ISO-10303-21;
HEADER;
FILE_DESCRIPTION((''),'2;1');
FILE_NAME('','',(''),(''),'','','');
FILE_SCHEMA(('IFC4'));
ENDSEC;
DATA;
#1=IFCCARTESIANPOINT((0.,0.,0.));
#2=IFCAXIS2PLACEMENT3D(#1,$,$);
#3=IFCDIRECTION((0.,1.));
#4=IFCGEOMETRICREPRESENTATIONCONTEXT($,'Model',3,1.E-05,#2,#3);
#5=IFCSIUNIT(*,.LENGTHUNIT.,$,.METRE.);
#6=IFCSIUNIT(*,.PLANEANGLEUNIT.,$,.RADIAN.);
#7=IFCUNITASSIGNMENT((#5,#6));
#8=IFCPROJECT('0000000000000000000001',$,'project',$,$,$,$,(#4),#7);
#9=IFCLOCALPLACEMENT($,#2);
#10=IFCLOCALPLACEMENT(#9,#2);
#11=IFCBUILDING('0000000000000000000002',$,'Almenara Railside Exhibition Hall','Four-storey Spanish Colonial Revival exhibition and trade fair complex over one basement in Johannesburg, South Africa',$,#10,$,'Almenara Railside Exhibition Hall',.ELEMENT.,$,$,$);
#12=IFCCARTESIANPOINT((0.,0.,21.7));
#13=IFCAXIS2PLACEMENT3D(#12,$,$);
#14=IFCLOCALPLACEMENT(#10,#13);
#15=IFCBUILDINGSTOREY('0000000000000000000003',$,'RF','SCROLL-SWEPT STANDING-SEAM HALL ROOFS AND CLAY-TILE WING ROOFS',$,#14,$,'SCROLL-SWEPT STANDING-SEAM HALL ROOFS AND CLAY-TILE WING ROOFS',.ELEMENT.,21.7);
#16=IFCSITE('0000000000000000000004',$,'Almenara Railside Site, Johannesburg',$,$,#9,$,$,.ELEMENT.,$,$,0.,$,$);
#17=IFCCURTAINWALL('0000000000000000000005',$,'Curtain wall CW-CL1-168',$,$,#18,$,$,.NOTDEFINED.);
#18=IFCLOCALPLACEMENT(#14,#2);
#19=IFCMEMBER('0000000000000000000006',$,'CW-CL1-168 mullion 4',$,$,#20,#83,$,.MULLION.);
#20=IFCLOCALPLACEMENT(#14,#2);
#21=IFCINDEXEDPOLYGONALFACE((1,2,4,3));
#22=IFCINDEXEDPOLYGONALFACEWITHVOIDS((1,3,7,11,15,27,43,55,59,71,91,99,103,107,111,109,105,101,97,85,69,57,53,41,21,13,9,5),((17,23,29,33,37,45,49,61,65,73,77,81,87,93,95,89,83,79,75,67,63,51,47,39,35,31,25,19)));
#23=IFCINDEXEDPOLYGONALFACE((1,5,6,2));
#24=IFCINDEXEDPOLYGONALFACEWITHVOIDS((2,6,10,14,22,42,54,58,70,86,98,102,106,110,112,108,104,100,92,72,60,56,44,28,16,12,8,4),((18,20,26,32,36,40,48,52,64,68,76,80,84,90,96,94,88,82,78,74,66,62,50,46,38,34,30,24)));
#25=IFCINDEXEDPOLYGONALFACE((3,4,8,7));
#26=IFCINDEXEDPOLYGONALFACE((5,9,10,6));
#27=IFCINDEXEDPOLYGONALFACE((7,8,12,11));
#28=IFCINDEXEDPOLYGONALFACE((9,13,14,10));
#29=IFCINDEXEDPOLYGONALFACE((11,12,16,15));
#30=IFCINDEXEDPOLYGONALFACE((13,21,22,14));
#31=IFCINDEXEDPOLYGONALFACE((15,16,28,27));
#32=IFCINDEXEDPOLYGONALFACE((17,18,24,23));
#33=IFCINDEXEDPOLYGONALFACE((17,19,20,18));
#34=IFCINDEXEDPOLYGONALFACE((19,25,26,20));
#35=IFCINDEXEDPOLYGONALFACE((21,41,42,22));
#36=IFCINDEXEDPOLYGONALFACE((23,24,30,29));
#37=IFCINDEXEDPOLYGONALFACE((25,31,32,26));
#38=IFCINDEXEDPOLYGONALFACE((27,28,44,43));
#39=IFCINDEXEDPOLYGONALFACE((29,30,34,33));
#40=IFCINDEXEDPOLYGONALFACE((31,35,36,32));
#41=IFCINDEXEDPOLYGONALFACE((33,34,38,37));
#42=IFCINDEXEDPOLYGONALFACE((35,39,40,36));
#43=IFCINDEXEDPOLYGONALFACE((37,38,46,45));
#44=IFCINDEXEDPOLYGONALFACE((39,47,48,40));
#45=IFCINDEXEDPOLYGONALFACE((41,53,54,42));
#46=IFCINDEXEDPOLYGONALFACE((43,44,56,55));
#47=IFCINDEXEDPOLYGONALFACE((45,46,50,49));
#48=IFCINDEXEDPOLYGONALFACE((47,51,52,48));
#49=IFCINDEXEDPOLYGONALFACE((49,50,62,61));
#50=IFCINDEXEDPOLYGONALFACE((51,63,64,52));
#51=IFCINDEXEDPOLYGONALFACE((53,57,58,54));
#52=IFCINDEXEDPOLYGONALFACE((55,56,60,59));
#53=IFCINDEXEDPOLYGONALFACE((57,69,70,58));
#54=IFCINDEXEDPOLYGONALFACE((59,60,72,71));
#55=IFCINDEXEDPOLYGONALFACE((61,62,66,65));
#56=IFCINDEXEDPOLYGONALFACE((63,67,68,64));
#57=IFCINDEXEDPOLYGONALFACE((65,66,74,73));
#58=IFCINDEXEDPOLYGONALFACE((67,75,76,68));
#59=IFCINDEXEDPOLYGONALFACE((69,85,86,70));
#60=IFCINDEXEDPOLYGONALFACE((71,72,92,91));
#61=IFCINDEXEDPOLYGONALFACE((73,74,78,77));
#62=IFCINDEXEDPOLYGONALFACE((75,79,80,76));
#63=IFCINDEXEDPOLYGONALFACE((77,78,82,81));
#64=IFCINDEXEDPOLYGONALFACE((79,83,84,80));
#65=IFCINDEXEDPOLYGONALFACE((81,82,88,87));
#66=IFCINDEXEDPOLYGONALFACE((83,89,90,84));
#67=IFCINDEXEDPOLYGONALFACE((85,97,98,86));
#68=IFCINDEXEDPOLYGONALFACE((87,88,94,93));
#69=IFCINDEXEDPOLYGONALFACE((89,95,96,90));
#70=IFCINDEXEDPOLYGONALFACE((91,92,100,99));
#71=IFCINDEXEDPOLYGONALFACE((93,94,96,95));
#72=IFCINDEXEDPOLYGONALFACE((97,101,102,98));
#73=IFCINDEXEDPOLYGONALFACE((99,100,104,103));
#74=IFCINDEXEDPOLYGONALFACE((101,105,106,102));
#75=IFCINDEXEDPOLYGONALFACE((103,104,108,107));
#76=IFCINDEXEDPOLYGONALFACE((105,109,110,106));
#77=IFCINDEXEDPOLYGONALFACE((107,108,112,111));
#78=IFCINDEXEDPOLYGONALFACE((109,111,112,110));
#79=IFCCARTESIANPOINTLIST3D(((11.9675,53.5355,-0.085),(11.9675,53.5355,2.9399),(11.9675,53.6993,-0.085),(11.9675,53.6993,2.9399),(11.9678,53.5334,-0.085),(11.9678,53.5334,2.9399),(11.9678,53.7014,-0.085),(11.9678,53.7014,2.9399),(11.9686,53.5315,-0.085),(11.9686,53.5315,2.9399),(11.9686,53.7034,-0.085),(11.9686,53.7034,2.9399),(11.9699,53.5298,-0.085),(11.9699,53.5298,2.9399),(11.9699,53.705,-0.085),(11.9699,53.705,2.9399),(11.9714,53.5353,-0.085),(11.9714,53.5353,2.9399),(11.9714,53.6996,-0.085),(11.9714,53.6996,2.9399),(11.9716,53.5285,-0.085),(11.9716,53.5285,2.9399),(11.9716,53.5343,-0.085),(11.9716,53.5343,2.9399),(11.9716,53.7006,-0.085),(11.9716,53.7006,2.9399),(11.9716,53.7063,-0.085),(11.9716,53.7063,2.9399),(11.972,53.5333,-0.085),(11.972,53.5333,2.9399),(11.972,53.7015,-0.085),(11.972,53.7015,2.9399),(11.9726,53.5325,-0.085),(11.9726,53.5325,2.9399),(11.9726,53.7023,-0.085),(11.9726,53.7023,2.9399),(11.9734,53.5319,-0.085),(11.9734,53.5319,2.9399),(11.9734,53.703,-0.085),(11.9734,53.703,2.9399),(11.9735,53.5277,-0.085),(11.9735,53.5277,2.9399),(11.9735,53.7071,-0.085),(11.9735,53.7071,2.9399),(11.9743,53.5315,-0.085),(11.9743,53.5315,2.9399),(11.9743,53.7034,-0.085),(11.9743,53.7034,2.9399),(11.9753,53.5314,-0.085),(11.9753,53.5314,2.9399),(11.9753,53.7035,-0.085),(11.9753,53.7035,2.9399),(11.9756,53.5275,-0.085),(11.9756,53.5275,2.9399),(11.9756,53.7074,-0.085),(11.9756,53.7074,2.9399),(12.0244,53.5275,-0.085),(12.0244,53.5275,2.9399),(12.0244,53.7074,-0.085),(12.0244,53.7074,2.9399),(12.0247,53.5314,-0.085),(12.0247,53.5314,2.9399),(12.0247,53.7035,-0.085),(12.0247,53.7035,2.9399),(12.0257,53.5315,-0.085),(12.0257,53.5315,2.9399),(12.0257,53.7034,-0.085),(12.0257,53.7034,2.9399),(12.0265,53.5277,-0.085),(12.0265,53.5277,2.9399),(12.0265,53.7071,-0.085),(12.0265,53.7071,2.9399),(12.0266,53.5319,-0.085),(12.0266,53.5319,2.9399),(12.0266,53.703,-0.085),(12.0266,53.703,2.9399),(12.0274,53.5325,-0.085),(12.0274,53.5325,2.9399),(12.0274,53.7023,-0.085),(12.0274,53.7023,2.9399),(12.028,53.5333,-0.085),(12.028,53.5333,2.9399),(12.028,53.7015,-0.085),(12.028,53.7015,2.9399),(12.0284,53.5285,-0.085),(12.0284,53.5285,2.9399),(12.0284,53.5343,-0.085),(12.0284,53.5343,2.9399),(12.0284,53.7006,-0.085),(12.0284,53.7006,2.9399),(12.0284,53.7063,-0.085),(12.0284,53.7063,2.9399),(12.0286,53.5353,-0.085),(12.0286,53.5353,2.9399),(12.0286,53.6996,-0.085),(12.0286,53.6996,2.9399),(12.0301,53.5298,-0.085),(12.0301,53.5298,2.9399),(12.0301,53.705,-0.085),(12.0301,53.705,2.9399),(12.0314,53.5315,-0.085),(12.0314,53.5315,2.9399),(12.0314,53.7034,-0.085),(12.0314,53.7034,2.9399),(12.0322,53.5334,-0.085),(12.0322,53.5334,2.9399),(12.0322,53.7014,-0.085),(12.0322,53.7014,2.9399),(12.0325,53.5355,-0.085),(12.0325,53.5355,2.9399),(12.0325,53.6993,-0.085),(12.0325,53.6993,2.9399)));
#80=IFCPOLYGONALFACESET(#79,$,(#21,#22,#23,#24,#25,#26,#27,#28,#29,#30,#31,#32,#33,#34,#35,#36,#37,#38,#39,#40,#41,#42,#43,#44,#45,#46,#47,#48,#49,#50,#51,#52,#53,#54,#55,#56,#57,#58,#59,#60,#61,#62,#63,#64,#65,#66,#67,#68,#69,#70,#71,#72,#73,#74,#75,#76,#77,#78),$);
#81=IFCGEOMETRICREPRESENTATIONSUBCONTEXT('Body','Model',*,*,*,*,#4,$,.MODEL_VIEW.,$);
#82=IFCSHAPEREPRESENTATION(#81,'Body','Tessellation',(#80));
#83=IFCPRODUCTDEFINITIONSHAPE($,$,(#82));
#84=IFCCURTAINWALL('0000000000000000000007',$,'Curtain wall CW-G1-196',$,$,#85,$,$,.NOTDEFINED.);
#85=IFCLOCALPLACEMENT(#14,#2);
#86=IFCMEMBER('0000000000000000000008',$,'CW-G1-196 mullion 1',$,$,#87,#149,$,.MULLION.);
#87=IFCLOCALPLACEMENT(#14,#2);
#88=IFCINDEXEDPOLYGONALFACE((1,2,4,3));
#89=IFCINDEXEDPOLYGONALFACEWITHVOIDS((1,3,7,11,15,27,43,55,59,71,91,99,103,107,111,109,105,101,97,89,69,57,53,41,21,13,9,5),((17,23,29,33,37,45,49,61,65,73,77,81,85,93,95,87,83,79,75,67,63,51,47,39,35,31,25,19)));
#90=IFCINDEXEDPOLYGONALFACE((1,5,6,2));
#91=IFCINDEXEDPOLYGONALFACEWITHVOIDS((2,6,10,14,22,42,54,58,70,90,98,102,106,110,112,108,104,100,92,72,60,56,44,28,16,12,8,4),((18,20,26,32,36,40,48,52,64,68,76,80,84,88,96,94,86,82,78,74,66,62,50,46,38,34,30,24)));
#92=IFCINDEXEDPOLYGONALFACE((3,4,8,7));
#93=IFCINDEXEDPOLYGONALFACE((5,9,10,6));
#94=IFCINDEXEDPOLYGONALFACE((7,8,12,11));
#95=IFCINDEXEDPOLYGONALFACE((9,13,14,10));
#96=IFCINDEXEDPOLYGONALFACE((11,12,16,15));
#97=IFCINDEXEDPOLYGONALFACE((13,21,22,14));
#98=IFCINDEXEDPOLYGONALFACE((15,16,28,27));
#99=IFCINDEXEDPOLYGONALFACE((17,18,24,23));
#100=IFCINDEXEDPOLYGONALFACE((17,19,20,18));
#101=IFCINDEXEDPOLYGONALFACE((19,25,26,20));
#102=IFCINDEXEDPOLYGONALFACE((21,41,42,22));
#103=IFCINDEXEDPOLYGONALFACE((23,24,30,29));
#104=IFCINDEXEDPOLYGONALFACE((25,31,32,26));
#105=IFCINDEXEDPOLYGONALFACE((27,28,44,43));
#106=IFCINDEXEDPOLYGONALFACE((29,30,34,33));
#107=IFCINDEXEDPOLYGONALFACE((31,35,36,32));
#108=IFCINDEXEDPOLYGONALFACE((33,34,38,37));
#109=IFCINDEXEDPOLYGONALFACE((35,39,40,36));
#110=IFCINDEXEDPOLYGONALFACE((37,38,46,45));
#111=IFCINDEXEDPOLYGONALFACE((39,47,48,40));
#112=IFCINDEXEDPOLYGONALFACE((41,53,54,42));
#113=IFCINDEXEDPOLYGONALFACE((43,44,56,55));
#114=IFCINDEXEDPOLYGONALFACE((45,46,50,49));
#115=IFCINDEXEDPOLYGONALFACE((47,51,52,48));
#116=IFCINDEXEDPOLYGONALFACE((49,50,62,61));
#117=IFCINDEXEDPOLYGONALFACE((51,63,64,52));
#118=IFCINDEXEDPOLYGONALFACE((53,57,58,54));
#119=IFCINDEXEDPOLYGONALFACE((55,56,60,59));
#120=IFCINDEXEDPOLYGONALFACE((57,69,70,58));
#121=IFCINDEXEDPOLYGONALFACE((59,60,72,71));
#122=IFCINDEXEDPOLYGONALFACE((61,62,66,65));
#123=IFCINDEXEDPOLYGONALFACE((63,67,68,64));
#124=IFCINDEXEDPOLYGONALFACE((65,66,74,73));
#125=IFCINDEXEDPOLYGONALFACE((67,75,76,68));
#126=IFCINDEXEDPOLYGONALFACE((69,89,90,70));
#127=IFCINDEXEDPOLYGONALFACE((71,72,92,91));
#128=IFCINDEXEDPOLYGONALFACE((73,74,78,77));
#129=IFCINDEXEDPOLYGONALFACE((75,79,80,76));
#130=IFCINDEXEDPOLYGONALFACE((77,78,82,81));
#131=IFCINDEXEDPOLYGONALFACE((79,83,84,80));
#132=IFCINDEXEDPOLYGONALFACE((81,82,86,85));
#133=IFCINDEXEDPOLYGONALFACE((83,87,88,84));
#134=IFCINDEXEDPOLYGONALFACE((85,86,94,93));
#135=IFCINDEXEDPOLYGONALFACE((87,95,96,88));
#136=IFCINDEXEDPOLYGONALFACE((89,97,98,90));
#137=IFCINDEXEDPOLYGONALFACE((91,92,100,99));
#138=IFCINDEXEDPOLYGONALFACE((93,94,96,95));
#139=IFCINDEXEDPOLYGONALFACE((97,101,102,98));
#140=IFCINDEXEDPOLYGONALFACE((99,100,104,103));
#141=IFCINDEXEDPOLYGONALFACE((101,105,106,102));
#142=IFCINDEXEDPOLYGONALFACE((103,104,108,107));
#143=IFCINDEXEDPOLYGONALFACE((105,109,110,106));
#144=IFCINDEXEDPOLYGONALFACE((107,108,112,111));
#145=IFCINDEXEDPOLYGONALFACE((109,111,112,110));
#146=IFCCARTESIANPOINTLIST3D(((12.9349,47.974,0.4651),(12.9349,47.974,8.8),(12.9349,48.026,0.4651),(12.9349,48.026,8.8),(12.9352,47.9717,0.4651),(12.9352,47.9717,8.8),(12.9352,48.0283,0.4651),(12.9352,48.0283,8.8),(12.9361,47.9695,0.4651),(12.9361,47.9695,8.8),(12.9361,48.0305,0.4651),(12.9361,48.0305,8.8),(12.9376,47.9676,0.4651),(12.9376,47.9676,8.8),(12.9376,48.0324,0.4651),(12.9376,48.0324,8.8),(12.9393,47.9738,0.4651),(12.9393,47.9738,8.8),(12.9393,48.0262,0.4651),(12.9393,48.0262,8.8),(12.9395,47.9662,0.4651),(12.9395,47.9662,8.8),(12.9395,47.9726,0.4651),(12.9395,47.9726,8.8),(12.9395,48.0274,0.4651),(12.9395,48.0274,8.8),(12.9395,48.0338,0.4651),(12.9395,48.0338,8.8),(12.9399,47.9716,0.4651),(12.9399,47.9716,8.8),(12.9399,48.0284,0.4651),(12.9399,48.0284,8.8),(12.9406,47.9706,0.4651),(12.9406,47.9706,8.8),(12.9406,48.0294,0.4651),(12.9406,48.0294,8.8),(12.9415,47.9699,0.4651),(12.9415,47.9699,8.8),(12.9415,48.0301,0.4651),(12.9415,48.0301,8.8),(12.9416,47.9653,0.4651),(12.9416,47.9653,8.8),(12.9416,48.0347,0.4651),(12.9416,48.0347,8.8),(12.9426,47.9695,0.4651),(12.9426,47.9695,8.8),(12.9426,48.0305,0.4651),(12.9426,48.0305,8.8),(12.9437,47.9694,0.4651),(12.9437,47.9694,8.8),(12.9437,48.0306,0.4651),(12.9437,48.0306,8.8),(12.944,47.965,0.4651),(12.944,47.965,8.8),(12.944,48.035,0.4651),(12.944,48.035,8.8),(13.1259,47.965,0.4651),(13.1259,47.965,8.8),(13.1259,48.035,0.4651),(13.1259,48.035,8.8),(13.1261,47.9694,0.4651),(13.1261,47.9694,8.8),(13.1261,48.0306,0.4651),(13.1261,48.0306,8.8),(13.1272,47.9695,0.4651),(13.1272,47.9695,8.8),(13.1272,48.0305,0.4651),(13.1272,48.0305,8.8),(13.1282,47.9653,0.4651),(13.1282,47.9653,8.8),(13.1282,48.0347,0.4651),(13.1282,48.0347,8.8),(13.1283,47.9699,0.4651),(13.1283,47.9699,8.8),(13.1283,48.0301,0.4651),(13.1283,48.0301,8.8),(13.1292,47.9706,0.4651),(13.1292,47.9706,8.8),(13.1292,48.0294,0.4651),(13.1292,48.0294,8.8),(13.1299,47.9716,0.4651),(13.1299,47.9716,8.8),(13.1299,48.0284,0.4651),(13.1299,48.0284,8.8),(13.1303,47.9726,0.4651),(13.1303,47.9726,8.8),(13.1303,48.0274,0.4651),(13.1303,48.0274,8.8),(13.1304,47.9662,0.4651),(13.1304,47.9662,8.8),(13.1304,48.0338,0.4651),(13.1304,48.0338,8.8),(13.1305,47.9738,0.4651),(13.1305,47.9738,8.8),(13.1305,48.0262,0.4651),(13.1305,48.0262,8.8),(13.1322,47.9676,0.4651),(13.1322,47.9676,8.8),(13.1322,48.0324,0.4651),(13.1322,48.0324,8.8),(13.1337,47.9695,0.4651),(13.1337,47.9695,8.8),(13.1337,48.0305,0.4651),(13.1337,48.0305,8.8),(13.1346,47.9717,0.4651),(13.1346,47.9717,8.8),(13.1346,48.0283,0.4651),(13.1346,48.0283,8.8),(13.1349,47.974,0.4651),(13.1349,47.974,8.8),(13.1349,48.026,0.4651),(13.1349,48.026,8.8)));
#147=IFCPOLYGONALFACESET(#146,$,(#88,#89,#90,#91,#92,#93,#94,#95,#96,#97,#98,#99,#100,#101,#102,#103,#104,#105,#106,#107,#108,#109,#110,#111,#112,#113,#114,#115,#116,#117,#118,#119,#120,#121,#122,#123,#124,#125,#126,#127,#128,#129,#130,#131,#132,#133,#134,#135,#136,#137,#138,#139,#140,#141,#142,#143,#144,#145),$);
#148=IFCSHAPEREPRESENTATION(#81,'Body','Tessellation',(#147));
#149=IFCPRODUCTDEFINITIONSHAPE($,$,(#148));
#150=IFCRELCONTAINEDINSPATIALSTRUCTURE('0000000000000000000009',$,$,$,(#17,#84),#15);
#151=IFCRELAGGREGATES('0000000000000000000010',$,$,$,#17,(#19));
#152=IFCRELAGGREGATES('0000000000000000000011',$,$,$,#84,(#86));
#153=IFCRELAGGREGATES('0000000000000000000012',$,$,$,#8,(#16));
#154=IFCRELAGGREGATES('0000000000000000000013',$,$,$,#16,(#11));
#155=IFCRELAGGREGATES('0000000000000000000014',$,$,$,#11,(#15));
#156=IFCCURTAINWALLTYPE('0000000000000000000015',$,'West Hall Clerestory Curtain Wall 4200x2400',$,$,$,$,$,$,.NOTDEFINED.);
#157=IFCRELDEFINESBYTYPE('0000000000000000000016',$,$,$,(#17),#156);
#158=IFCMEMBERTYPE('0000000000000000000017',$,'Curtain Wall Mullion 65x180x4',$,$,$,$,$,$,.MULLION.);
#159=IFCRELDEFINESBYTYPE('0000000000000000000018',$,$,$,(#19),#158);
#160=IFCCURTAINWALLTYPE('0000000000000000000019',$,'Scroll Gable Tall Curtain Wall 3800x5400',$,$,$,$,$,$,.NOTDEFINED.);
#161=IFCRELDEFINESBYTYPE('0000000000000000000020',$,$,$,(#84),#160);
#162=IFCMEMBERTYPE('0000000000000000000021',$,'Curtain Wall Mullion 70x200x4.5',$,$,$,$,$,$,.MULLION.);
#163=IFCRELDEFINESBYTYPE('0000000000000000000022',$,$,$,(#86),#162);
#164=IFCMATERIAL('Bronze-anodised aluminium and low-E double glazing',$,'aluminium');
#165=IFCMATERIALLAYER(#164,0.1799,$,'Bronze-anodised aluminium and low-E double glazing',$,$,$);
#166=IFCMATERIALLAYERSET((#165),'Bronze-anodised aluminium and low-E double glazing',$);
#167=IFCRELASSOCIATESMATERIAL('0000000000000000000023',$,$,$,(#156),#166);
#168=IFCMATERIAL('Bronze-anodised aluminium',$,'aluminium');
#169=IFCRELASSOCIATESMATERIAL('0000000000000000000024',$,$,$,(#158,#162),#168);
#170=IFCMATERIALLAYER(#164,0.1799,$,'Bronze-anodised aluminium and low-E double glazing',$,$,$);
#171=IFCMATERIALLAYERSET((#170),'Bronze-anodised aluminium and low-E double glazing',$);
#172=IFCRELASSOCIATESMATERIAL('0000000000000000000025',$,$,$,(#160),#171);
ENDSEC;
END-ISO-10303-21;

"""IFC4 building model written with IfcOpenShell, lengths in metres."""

from ifc_helpers import new_model, si_unit, direction, frame, origin, origin_2d, place, context, subcontext, project, spatial, hollow_rectangle, extrude, material, layer, layer_set, material_profile, profile_set, type_object, element, aggregate, save


model = new_model("IFC4")

# Units and contexts
model_context = context("Model", 3, precision=1e-05, world=origin(), true_north=direction((0.0, 1.0)))
body_context = subcontext(model_context, "Body", "Model", "MODEL_VIEW")
ifc_project = project(units=[si_unit("LENGTHUNIT", "METRE"), si_unit("PLANEANGLEUNIT", "RADIAN")], contexts=[model_context])

# Site, building, storey
site_placement = place(None, origin())
site = spatial("IfcSite", under=ifc_project, at=site_placement, Name="Almenara Railside Site, Johannesburg", CompositionType="ELEMENT", RefElevation=0.0)
building_placement = place(site_placement, origin())
building = spatial("IfcBuilding", under=site, at=building_placement, Name="Almenara Railside Exhibition Hall", Description="Four-storey Spanish Colonial Revival exhibition and trade fair complex over one basement in Johannesburg, South Africa", LongName="Almenara Railside Exhibition Hall", CompositionType="ELEMENT")
storey_placement = place(building_placement, frame((0.0, 0.0, 21.7)))
storey = spatial("IfcBuildingStorey", under=building, at=storey_placement, Name="RF", Description="SCROLL-SWEPT STANDING-SEAM HALL ROOFS AND CLAY-TILE WING ROOFS", LongName="SCROLL-SWEPT STANDING-SEAM HALL ROOFS AND CLAY-TILE WING ROOFS", CompositionType="ELEMENT", Elevation=21.7)

# Shared definitions
ifc_material_1 = material(Name="Bronze-anodised aluminium and low-E double glazing", Category="aluminium")
ifc_layer_1 = layer(ifc_material_1, 0.1799, Name="Bronze-anodised aluminium and low-E double glazing")
ifc_layer_set_1 = layer_set([ifc_layer_1], Name="Bronze-anodised aluminium and low-E double glazing")
curtain_wall_type_1 = type_object("IfcCurtainWallType", Name="West Hall Clerestory Curtain Wall 4200x2400", PredefinedType="NOTDEFINED", material=ifc_layer_set_1)
ifc_material_2 = material(Name="Bronze-anodised aluminium", Category="aluminium")

# Curtain walls, members
curtain_wall_1_placement = place(storey_placement, origin())
curtain_wall_1 = element("IfcCurtainWall", 1, at=curtain_wall_1_placement, inside=storey, type_object=curtain_wall_type_1, Name="Curtain wall CW-CL1-168", PredefinedType="NOTDEFINED")
ifc_material_profile_1 = material_profile(ifc_material_2, hollow_rectangle(XDim=0.0649, YDim=0.1799, WallThickness=0.0039, InnerFilletRadius=0.0039, OuterFilletRadius=0.0081, at=origin_2d()), Name="ALU-MUL 65x180x4")
ifc_profile_set_1 = profile_set([ifc_material_profile_1], Name="Bronze-anodised aluminium")
member_type_1 = type_object("IfcMemberType", Name="Curtain Wall Mullion 65x180x4", PredefinedType="MULLION", material=ifc_profile_set_1)
member_1_placement = place(storey_placement, frame((12.0, 53.6174, -0.085), z_axis=(0.0, 0.0, 1.0), x_axis=(-1.0, 0.0, 0.0)))
member_1 = element("IfcMember", 2, at=member_1_placement, type_object=member_type_1, Name="CW-CL1-168 mullion 4", PredefinedType="MULLION", context=body_context, shape_type="SweptSolid", body=[
    extrude(hollow_rectangle(XDim=0.0649, YDim=0.1799, WallThickness=0.0039, InnerFilletRadius=0.0039, OuterFilletRadius=0.0081, at=origin_2d()), origin(), (0.0, 0.0, 1.0), 3.0249),
])
ifc_layer_2 = layer(ifc_material_1, 0.1799, Name="Bronze-anodised aluminium and low-E double glazing")
ifc_layer_set_2 = layer_set([ifc_layer_2], Name="Bronze-anodised aluminium and low-E double glazing")
curtain_wall_type_2 = type_object("IfcCurtainWallType", Name="Scroll Gable Tall Curtain Wall 3800x5400", PredefinedType="NOTDEFINED", material=ifc_layer_set_2)
curtain_wall_2_placement = place(storey_placement, origin())
curtain_wall_2 = element("IfcCurtainWall", 3, at=curtain_wall_2_placement, inside=storey, type_object=curtain_wall_type_2, Name="Curtain wall CW-G1-196", PredefinedType="NOTDEFINED")
ifc_material_profile_2 = material_profile(ifc_material_2, hollow_rectangle(XDim=0.0701, YDim=0.2, WallThickness=0.0044, InnerFilletRadius=0.0044, OuterFilletRadius=0.009, at=origin_2d()), Name="ALU-MUL 70x200x4.5")
ifc_profile_set_2 = profile_set([ifc_material_profile_2], Name="Bronze-anodised aluminium")
member_type_2 = type_object("IfcMemberType", Name="Curtain Wall Mullion 70x200x4.5", PredefinedType="MULLION", material=ifc_profile_set_2)
member_2_placement = place(storey_placement, frame((13.0349, 48.0, 0.4651), z_axis=(0.0, 0.0, 1.0), x_axis=(0.0, 1.0, 0.0)))
member_2 = element("IfcMember", 4, at=member_2_placement, type_object=member_type_2, Name="CW-G1-196 mullion 1", PredefinedType="MULLION", context=body_context, shape_type="SweptSolid", body=[
    extrude(hollow_rectangle(XDim=0.0701, YDim=0.2, WallThickness=0.0044, InnerFilletRadius=0.0044, OuterFilletRadius=0.009, at=origin_2d()), origin(), (0.0, 0.0, 1.0), 8.335),
])

aggregate(curtain_wall_1, [member_1])
aggregate(curtain_wall_2, [member_2])

save(model, "model.ifc")
